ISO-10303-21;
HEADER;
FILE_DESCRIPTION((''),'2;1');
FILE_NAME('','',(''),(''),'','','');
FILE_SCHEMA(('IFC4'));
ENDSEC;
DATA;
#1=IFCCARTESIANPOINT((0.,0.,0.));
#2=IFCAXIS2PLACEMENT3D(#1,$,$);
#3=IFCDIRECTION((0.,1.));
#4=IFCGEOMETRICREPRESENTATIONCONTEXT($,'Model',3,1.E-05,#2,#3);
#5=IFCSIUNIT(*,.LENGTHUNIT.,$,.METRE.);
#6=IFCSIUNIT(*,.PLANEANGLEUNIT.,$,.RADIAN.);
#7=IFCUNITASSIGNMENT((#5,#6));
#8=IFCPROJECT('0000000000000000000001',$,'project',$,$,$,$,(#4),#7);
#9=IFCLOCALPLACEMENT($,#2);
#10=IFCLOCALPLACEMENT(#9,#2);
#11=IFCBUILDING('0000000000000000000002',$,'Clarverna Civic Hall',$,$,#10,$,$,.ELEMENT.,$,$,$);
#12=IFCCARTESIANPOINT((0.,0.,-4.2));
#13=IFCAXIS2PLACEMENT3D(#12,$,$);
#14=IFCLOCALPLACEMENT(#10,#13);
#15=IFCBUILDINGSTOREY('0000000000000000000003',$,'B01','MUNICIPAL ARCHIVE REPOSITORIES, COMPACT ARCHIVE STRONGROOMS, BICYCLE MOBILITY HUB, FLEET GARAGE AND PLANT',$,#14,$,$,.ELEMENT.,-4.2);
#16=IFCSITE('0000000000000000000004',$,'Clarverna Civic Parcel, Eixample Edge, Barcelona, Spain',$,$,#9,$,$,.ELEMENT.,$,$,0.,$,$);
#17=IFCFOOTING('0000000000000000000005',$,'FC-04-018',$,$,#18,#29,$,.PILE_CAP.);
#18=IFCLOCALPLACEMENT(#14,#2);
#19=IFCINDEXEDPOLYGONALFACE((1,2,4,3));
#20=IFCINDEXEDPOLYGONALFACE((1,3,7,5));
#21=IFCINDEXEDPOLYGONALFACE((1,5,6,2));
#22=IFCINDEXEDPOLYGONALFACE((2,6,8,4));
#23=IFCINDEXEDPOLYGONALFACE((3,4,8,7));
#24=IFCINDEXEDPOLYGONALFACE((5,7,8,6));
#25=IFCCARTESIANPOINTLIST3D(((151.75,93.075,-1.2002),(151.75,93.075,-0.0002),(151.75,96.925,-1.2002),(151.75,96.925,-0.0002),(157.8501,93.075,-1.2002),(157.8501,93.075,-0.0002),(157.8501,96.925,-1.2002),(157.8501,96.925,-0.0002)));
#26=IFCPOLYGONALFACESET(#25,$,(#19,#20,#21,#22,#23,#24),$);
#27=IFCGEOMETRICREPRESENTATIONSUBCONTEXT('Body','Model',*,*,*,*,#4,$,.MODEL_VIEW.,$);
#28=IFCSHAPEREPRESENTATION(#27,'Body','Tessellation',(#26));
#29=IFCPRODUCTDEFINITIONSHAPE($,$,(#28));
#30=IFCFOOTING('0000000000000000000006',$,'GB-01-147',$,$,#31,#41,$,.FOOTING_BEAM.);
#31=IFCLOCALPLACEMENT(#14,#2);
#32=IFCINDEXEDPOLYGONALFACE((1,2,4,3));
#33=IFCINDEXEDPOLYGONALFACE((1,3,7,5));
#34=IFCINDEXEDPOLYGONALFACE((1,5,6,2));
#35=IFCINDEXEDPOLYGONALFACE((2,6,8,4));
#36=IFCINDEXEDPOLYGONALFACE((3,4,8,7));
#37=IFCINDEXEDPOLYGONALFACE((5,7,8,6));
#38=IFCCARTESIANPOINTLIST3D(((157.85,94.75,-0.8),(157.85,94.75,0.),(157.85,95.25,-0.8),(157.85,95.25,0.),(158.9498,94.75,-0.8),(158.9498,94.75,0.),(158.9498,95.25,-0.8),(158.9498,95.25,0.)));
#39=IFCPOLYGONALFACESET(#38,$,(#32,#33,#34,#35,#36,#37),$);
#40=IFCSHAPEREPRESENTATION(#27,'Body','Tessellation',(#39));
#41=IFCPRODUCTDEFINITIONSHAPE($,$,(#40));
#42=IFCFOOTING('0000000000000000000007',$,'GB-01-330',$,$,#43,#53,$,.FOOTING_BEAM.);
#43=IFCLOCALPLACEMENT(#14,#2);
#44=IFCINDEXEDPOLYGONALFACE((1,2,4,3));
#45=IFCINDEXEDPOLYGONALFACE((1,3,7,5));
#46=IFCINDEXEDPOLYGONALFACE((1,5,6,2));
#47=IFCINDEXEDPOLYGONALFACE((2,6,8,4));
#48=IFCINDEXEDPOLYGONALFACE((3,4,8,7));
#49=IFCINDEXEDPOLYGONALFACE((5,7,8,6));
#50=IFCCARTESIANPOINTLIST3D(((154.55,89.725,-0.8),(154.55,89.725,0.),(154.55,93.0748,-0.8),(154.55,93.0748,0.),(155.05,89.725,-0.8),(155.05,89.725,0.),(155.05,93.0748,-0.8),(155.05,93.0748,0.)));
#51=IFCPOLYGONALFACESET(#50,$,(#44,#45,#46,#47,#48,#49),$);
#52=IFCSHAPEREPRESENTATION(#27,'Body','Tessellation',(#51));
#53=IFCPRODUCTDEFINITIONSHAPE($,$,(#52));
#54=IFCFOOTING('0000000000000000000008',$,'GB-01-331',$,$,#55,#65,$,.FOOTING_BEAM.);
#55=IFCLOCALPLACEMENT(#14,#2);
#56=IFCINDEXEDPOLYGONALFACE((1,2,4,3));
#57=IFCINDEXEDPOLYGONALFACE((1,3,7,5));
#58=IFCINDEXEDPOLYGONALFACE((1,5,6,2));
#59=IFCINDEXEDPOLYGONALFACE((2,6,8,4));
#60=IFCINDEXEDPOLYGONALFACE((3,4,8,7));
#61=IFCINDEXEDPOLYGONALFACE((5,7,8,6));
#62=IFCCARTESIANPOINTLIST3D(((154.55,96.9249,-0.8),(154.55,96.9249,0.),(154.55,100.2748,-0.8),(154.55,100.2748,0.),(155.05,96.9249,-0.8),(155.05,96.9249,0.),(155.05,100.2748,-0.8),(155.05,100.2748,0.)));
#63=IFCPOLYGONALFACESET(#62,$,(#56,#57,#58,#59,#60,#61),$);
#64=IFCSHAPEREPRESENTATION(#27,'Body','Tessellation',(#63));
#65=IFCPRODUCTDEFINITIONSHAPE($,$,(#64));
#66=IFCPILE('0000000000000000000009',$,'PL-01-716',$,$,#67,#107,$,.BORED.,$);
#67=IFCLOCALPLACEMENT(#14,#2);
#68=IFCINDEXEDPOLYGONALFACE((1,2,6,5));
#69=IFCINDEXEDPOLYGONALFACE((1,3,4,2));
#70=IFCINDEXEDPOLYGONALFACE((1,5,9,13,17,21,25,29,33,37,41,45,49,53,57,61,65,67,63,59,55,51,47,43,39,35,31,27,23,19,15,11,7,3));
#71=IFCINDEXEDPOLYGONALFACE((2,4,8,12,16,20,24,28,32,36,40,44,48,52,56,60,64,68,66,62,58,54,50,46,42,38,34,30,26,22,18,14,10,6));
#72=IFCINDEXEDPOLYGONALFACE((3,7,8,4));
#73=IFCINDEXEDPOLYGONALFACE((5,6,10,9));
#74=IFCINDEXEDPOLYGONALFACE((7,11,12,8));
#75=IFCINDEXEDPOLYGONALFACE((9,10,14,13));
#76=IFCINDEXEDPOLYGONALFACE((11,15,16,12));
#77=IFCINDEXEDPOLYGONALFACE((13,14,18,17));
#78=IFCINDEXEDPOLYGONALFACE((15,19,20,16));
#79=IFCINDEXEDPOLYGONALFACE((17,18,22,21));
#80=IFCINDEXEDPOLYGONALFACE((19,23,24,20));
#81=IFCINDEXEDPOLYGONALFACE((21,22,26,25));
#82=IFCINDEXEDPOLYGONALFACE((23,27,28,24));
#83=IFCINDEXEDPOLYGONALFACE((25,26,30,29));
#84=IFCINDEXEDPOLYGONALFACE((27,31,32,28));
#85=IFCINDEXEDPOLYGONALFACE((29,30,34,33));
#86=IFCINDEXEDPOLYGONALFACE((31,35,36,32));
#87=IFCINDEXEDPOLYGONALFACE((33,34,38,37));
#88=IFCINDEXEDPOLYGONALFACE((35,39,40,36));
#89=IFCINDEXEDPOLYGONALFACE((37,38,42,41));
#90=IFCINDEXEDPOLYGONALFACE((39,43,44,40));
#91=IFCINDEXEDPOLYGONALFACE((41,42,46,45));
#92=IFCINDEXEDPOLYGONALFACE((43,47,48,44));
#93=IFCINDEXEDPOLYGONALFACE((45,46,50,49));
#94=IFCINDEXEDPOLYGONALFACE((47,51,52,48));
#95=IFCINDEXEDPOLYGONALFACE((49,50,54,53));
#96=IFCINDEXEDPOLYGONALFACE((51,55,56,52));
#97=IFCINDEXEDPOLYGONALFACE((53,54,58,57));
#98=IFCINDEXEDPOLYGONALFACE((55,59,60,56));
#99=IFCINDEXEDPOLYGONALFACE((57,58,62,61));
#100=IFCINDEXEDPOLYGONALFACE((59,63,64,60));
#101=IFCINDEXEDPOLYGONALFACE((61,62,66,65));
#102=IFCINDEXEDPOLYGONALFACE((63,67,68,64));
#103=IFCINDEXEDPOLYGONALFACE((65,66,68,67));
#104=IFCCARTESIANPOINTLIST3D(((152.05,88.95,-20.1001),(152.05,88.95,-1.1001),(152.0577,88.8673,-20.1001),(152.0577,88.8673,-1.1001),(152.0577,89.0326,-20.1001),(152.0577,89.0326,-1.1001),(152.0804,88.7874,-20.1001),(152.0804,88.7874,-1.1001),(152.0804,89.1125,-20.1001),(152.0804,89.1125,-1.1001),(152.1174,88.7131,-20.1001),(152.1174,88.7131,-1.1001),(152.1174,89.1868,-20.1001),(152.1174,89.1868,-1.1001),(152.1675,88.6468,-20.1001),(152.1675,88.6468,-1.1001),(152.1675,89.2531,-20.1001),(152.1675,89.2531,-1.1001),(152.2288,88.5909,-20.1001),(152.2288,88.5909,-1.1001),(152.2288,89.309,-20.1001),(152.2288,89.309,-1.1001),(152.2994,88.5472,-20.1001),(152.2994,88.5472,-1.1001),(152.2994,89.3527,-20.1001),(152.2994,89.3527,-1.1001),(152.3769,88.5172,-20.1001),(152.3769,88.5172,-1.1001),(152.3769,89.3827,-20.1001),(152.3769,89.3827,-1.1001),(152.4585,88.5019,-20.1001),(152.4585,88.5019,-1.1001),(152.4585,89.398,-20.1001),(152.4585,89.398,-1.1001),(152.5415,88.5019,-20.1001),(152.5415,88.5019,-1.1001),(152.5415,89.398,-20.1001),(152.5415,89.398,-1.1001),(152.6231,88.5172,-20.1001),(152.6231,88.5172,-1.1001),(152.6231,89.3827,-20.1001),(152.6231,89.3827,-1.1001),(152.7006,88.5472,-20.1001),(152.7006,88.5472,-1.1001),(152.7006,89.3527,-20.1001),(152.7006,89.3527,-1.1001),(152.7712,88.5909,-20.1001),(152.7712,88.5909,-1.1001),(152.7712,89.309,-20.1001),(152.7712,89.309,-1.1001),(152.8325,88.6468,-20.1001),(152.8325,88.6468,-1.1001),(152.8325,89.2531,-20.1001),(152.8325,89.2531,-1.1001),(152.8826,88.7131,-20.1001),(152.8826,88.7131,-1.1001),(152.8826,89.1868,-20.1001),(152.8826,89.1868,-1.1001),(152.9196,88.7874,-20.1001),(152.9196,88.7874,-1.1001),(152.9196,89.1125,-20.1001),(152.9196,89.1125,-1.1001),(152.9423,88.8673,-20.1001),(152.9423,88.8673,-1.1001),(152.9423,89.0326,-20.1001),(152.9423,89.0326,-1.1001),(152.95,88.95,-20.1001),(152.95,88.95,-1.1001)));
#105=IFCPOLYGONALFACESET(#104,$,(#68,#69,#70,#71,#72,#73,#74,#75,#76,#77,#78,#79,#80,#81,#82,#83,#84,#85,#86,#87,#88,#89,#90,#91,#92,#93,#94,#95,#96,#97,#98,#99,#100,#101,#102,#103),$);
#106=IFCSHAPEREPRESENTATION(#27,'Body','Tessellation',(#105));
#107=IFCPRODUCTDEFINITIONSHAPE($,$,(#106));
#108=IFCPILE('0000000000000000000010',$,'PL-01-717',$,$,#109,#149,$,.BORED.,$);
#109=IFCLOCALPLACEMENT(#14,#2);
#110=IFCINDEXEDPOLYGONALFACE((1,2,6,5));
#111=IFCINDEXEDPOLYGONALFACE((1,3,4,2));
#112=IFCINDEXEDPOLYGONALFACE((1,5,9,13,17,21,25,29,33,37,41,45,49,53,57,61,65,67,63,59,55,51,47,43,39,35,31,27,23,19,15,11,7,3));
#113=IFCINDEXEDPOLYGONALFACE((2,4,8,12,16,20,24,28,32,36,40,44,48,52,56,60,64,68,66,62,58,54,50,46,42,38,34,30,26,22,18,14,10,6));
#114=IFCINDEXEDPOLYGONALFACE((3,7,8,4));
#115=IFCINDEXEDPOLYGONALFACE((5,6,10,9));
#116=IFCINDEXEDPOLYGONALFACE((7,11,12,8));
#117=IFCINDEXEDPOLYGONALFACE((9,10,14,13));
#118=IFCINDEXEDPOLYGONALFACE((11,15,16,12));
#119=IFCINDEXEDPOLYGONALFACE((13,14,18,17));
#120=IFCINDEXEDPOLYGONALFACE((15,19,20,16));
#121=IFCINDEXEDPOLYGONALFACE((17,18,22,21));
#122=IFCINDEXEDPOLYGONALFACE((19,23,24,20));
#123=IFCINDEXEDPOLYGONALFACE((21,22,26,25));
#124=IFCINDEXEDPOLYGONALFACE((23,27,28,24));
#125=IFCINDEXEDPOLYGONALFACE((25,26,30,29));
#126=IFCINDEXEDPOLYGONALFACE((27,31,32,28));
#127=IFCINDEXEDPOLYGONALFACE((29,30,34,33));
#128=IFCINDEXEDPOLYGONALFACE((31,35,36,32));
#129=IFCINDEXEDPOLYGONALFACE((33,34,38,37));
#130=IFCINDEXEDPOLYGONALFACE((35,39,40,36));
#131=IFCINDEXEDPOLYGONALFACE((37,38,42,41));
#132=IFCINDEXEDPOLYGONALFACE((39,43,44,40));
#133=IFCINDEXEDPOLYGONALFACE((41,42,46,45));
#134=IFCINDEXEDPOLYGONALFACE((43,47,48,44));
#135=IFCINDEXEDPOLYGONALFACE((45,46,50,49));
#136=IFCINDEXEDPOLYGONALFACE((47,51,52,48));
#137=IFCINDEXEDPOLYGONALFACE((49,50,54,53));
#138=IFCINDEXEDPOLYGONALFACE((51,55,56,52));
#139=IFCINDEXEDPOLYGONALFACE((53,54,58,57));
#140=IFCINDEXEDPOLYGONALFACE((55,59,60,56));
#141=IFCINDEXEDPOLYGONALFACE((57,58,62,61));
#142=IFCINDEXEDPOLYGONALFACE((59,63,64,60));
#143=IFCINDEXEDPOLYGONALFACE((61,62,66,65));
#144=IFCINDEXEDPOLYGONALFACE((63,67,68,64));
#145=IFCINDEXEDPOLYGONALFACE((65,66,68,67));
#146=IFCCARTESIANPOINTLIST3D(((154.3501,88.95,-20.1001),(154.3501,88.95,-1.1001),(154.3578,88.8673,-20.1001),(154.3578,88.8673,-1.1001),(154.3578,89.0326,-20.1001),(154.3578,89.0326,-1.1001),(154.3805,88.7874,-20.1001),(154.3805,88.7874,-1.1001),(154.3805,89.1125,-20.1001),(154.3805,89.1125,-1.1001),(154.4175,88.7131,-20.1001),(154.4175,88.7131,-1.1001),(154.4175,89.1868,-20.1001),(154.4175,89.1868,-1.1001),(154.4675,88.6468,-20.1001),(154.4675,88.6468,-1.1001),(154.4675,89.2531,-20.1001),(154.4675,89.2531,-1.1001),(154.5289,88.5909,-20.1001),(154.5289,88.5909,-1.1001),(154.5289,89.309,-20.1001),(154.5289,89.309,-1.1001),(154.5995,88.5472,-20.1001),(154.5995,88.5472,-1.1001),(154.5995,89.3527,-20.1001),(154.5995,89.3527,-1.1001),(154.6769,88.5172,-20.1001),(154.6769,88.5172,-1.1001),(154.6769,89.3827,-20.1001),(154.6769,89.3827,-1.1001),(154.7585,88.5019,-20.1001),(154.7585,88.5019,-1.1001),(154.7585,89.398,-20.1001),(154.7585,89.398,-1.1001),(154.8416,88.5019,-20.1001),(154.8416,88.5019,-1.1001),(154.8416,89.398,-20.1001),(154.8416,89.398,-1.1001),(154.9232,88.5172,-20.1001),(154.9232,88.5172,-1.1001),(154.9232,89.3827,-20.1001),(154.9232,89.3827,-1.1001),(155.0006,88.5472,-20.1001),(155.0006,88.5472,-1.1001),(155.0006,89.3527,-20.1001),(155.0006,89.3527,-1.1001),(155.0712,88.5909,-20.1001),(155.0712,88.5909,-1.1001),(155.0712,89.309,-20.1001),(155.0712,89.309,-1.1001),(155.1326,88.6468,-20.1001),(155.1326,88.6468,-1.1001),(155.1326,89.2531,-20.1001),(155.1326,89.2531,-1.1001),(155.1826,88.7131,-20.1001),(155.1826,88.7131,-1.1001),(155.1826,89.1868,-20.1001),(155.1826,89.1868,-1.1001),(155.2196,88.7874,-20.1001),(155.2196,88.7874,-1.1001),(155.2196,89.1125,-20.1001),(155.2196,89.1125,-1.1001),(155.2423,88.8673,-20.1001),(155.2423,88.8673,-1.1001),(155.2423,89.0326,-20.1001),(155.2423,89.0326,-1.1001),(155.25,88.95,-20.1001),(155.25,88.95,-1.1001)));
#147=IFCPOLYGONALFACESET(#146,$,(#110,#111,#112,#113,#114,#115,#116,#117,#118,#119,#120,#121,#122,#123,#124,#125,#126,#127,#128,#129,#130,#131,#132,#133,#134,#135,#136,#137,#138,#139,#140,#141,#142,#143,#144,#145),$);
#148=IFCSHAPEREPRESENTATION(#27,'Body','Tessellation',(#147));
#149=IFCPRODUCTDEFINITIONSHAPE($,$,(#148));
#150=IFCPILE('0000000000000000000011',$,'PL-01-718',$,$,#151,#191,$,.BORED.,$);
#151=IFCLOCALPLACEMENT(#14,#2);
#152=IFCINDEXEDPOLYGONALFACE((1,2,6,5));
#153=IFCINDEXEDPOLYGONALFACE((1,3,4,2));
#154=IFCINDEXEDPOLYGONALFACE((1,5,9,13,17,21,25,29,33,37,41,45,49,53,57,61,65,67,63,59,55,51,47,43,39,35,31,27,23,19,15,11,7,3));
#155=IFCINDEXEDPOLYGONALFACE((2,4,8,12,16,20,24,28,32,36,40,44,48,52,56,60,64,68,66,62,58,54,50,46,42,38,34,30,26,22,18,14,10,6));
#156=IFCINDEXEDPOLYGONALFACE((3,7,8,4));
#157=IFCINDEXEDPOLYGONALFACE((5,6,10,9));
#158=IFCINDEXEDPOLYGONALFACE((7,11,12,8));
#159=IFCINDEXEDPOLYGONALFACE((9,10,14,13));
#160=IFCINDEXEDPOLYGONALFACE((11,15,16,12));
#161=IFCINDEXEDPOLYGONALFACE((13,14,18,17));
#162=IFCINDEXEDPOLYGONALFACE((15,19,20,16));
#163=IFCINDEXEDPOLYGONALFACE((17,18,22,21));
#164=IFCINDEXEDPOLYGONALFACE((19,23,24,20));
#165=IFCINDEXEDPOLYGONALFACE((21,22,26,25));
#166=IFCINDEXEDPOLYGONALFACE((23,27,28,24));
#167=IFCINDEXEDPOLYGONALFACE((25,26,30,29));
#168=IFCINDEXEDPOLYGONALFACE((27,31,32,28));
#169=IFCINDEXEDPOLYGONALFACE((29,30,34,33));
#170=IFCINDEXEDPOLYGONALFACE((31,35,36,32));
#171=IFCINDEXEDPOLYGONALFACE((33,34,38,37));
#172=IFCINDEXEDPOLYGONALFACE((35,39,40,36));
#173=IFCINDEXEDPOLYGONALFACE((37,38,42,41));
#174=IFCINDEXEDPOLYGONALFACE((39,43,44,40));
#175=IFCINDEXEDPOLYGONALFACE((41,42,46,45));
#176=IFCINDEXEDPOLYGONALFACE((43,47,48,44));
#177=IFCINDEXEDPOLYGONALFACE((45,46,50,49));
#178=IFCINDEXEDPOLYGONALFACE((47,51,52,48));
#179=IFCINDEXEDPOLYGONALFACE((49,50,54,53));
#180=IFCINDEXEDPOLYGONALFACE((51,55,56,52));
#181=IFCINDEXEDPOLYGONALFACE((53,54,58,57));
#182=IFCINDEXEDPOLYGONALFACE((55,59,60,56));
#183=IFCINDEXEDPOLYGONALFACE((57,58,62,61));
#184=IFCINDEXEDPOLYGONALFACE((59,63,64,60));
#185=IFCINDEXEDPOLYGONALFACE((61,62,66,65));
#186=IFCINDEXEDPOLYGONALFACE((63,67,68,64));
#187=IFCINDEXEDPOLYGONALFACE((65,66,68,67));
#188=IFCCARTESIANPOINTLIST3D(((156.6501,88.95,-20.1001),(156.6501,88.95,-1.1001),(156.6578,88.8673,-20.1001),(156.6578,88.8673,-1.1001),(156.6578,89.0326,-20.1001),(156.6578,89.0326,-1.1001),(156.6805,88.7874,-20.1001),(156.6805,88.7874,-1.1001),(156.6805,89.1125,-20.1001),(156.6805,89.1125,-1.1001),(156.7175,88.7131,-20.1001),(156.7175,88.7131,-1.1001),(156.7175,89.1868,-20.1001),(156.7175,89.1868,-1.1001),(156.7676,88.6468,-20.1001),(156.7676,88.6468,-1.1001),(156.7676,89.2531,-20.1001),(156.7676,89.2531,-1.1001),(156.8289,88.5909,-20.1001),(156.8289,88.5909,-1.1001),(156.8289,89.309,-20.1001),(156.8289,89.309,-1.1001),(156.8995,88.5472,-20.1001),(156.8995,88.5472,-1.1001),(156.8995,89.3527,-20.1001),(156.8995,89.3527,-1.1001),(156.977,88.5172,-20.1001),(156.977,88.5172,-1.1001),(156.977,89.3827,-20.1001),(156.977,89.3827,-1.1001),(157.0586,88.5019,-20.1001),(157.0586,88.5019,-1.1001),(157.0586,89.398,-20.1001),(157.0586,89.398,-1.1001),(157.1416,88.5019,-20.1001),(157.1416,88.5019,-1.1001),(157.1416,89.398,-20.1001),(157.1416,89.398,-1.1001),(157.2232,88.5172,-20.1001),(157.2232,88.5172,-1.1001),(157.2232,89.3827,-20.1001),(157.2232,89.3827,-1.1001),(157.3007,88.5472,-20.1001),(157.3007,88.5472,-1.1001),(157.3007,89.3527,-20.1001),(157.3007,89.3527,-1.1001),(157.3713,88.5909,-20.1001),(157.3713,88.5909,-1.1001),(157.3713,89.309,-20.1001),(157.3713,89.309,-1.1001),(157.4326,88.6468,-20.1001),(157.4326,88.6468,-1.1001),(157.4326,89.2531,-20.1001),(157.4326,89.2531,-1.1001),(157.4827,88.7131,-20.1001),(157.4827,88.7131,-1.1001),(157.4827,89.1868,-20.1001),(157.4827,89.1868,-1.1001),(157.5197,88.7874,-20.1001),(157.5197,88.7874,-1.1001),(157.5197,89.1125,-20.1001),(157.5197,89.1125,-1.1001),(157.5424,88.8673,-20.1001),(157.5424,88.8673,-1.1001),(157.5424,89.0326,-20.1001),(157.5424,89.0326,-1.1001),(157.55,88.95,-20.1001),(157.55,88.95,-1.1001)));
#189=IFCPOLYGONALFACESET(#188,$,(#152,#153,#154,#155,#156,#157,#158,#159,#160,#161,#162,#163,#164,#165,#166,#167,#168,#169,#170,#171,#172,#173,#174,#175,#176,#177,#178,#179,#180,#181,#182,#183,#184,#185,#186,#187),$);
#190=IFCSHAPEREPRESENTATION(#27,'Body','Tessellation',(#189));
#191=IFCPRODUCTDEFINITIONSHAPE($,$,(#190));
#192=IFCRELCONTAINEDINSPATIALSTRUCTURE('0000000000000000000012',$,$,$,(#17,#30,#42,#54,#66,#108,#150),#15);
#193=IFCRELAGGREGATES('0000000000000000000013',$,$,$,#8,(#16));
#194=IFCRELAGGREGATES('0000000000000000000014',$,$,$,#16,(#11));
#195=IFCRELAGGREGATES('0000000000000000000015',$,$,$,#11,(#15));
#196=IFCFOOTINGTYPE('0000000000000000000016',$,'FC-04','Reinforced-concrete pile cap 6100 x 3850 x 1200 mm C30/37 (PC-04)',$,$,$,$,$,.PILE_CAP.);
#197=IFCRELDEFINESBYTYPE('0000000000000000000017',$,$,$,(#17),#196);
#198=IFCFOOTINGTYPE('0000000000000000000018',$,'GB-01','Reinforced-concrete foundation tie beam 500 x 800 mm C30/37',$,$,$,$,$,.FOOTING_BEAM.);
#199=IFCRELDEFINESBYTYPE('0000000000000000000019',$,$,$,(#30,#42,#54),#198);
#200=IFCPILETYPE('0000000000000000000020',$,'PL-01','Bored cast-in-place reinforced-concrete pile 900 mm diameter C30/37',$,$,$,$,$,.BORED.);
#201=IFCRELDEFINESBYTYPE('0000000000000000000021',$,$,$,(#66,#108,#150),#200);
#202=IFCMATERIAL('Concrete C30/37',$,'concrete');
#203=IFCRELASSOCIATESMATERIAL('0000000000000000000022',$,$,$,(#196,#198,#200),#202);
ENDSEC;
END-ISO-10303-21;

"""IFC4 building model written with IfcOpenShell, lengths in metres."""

from ifc_helpers import new_model, si_unit, direction, frame, frame_2d, origin, origin_2d, place, context, subcontext, project, spatial, rectangle, circle, extrude, material, material_profile, profile_set, type_object, element, save


model = new_model("IFC4")

# Units and contexts
model_context = context("Model", 3, precision=1e-05, world=origin(), true_north=direction((0.0, 1.0)))
body_context = subcontext(model_context, "Body", "Model", "MODEL_VIEW")
ifc_project = project(units=[si_unit("LENGTHUNIT", "METRE"), si_unit("PLANEANGLEUNIT", "RADIAN")], contexts=[model_context])

# Site, building, storey
site_placement = place(None, origin())
site = spatial("IfcSite", under=ifc_project, at=site_placement, Name="Clarverna Civic Parcel, Eixample Edge, Barcelona, Spain", CompositionType="ELEMENT", RefElevation=0.0)
building_placement = place(site_placement, origin())
building = spatial("IfcBuilding", under=site, at=building_placement, Name="Clarverna Civic Hall", CompositionType="ELEMENT")
storey_placement = place(building_placement, frame((0.0, 0.0, -4.2)))
storey = spatial("IfcBuildingStorey", under=building, at=storey_placement, Name="B01", Description="MUNICIPAL ARCHIVE REPOSITORIES, COMPACT ARCHIVE STRONGROOMS, BICYCLE MOBILITY HUB, FLEET GARAGE AND PLANT", CompositionType="ELEMENT", Elevation=-4.2)

# Footings
ifc_material_1 = material(Name="Concrete C30/37", Category="concrete")
footing_type_1 = type_object("IfcFootingType", Name="FC-04", Description="Reinforced-concrete pile cap 6100 x 3850 x 1200 mm C30/37 (PC-04)", PredefinedType="PILE_CAP", material=ifc_material_1)
footing_1_placement = place(storey_placement, frame((154.8, 95.0, -1.2002), z_axis=(0.0, 0.0, 1.0), x_axis=(1.0, 0.0, 0.0)))
element("IfcFooting", 1, at=footing_1_placement, inside=storey, type_object=footing_type_1, Name="FC-04-018", PredefinedType="PILE_CAP", context=body_context, shape_type="SweptSolid", body=[
    extrude(rectangle(XDim=6.1001, YDim=3.8501, at=origin_2d()), origin(), (0.0, 0.0, 1.0), 1.2),
])
footing_type_2 = type_object("IfcFootingType", Name="GB-01", Description="Reinforced-concrete foundation tie beam 500 x 800 mm C30/37", PredefinedType="FOOTING_BEAM", material=ifc_material_1)
footing_2_placement = place(storey_placement, frame((157.8501, 95.0, -0.8), z_axis=(0.0, 0.0, 1.0), x_axis=(1.0, 0.0, 0.0)))
element("IfcFooting", 2, at=footing_2_placement, inside=storey, type_object=footing_type_2, Name="GB-01-147", PredefinedType="FOOTING_BEAM", context=body_context, shape_type="SweptSolid", body=[
    extrude(rectangle(XDim=1.0999, YDim=0.5, at=frame_2d((0.5498, 0.0))), origin(), (0.0, 0.0, 1.0), 0.8),
])
for number, where, z_axis, x_axis, name in (
    (3, (154.8, 89.7251, -0.8), (0.0, 0.0, 1.0), (0.0, 1.0, 0.0), "GB-01-330"),
    (4, (154.8, 96.925, -0.8), (0.0, 0.0, 1.0), (0.0, 1.0, 0.0), "GB-01-331"),
):
    element("IfcFooting", number, at=place(storey_placement, frame(where, z_axis=z_axis, x_axis=x_axis)), inside=storey, type_object=footing_type_2, Name=name, PredefinedType="FOOTING_BEAM", context=body_context, shape_type="SweptSolid", body=[
        extrude(rectangle(XDim=3.3499, YDim=0.5, at=frame_2d((1.6748, 0.0))), origin(), (0.0, 0.0, 1.0), 0.8),
    ])

# Piles
ifc_material_profile_1 = material_profile(ifc_material_1, circle(Radius=0.45, at=origin_2d()), Name="BORED PILE D900")
ifc_profile_set_1 = profile_set([ifc_material_profile_1], Name="Concrete C30/37")
pile_type = type_object("IfcPileType", Name="PL-01", Description="Bored cast-in-place reinforced-concrete pile 900 mm diameter C30/37", PredefinedType="BORED", material=ifc_profile_set_1)
for number, where, z_axis, x_axis, name in (
    (5, (152.5, 88.95, -1.1001), (0.0, 0.0, -1.0), (1.0, 0.0, 0.0), "PL-01-716"),
    (6, (154.8, 88.95, -1.1001), (0.0, 0.0, -1.0), (1.0, 0.0, 0.0), "PL-01-717"),
    (7, (157.1001, 88.95, -1.1001), (0.0, 0.0, -1.0), (1.0, 0.0, 0.0), "PL-01-718"),
):
    element("IfcPile", number, at=place(storey_placement, frame(where, z_axis=z_axis, x_axis=x_axis)), inside=storey, type_object=pile_type, Name=name, PredefinedType="BORED", context=body_context, shape_type="SweptSolid", body=[
        extrude(circle(Radius=0.45, at=origin_2d()), origin(), (0.0, 0.0, 1.0), 19.0),
    ])

save(model, "model.ifc")
